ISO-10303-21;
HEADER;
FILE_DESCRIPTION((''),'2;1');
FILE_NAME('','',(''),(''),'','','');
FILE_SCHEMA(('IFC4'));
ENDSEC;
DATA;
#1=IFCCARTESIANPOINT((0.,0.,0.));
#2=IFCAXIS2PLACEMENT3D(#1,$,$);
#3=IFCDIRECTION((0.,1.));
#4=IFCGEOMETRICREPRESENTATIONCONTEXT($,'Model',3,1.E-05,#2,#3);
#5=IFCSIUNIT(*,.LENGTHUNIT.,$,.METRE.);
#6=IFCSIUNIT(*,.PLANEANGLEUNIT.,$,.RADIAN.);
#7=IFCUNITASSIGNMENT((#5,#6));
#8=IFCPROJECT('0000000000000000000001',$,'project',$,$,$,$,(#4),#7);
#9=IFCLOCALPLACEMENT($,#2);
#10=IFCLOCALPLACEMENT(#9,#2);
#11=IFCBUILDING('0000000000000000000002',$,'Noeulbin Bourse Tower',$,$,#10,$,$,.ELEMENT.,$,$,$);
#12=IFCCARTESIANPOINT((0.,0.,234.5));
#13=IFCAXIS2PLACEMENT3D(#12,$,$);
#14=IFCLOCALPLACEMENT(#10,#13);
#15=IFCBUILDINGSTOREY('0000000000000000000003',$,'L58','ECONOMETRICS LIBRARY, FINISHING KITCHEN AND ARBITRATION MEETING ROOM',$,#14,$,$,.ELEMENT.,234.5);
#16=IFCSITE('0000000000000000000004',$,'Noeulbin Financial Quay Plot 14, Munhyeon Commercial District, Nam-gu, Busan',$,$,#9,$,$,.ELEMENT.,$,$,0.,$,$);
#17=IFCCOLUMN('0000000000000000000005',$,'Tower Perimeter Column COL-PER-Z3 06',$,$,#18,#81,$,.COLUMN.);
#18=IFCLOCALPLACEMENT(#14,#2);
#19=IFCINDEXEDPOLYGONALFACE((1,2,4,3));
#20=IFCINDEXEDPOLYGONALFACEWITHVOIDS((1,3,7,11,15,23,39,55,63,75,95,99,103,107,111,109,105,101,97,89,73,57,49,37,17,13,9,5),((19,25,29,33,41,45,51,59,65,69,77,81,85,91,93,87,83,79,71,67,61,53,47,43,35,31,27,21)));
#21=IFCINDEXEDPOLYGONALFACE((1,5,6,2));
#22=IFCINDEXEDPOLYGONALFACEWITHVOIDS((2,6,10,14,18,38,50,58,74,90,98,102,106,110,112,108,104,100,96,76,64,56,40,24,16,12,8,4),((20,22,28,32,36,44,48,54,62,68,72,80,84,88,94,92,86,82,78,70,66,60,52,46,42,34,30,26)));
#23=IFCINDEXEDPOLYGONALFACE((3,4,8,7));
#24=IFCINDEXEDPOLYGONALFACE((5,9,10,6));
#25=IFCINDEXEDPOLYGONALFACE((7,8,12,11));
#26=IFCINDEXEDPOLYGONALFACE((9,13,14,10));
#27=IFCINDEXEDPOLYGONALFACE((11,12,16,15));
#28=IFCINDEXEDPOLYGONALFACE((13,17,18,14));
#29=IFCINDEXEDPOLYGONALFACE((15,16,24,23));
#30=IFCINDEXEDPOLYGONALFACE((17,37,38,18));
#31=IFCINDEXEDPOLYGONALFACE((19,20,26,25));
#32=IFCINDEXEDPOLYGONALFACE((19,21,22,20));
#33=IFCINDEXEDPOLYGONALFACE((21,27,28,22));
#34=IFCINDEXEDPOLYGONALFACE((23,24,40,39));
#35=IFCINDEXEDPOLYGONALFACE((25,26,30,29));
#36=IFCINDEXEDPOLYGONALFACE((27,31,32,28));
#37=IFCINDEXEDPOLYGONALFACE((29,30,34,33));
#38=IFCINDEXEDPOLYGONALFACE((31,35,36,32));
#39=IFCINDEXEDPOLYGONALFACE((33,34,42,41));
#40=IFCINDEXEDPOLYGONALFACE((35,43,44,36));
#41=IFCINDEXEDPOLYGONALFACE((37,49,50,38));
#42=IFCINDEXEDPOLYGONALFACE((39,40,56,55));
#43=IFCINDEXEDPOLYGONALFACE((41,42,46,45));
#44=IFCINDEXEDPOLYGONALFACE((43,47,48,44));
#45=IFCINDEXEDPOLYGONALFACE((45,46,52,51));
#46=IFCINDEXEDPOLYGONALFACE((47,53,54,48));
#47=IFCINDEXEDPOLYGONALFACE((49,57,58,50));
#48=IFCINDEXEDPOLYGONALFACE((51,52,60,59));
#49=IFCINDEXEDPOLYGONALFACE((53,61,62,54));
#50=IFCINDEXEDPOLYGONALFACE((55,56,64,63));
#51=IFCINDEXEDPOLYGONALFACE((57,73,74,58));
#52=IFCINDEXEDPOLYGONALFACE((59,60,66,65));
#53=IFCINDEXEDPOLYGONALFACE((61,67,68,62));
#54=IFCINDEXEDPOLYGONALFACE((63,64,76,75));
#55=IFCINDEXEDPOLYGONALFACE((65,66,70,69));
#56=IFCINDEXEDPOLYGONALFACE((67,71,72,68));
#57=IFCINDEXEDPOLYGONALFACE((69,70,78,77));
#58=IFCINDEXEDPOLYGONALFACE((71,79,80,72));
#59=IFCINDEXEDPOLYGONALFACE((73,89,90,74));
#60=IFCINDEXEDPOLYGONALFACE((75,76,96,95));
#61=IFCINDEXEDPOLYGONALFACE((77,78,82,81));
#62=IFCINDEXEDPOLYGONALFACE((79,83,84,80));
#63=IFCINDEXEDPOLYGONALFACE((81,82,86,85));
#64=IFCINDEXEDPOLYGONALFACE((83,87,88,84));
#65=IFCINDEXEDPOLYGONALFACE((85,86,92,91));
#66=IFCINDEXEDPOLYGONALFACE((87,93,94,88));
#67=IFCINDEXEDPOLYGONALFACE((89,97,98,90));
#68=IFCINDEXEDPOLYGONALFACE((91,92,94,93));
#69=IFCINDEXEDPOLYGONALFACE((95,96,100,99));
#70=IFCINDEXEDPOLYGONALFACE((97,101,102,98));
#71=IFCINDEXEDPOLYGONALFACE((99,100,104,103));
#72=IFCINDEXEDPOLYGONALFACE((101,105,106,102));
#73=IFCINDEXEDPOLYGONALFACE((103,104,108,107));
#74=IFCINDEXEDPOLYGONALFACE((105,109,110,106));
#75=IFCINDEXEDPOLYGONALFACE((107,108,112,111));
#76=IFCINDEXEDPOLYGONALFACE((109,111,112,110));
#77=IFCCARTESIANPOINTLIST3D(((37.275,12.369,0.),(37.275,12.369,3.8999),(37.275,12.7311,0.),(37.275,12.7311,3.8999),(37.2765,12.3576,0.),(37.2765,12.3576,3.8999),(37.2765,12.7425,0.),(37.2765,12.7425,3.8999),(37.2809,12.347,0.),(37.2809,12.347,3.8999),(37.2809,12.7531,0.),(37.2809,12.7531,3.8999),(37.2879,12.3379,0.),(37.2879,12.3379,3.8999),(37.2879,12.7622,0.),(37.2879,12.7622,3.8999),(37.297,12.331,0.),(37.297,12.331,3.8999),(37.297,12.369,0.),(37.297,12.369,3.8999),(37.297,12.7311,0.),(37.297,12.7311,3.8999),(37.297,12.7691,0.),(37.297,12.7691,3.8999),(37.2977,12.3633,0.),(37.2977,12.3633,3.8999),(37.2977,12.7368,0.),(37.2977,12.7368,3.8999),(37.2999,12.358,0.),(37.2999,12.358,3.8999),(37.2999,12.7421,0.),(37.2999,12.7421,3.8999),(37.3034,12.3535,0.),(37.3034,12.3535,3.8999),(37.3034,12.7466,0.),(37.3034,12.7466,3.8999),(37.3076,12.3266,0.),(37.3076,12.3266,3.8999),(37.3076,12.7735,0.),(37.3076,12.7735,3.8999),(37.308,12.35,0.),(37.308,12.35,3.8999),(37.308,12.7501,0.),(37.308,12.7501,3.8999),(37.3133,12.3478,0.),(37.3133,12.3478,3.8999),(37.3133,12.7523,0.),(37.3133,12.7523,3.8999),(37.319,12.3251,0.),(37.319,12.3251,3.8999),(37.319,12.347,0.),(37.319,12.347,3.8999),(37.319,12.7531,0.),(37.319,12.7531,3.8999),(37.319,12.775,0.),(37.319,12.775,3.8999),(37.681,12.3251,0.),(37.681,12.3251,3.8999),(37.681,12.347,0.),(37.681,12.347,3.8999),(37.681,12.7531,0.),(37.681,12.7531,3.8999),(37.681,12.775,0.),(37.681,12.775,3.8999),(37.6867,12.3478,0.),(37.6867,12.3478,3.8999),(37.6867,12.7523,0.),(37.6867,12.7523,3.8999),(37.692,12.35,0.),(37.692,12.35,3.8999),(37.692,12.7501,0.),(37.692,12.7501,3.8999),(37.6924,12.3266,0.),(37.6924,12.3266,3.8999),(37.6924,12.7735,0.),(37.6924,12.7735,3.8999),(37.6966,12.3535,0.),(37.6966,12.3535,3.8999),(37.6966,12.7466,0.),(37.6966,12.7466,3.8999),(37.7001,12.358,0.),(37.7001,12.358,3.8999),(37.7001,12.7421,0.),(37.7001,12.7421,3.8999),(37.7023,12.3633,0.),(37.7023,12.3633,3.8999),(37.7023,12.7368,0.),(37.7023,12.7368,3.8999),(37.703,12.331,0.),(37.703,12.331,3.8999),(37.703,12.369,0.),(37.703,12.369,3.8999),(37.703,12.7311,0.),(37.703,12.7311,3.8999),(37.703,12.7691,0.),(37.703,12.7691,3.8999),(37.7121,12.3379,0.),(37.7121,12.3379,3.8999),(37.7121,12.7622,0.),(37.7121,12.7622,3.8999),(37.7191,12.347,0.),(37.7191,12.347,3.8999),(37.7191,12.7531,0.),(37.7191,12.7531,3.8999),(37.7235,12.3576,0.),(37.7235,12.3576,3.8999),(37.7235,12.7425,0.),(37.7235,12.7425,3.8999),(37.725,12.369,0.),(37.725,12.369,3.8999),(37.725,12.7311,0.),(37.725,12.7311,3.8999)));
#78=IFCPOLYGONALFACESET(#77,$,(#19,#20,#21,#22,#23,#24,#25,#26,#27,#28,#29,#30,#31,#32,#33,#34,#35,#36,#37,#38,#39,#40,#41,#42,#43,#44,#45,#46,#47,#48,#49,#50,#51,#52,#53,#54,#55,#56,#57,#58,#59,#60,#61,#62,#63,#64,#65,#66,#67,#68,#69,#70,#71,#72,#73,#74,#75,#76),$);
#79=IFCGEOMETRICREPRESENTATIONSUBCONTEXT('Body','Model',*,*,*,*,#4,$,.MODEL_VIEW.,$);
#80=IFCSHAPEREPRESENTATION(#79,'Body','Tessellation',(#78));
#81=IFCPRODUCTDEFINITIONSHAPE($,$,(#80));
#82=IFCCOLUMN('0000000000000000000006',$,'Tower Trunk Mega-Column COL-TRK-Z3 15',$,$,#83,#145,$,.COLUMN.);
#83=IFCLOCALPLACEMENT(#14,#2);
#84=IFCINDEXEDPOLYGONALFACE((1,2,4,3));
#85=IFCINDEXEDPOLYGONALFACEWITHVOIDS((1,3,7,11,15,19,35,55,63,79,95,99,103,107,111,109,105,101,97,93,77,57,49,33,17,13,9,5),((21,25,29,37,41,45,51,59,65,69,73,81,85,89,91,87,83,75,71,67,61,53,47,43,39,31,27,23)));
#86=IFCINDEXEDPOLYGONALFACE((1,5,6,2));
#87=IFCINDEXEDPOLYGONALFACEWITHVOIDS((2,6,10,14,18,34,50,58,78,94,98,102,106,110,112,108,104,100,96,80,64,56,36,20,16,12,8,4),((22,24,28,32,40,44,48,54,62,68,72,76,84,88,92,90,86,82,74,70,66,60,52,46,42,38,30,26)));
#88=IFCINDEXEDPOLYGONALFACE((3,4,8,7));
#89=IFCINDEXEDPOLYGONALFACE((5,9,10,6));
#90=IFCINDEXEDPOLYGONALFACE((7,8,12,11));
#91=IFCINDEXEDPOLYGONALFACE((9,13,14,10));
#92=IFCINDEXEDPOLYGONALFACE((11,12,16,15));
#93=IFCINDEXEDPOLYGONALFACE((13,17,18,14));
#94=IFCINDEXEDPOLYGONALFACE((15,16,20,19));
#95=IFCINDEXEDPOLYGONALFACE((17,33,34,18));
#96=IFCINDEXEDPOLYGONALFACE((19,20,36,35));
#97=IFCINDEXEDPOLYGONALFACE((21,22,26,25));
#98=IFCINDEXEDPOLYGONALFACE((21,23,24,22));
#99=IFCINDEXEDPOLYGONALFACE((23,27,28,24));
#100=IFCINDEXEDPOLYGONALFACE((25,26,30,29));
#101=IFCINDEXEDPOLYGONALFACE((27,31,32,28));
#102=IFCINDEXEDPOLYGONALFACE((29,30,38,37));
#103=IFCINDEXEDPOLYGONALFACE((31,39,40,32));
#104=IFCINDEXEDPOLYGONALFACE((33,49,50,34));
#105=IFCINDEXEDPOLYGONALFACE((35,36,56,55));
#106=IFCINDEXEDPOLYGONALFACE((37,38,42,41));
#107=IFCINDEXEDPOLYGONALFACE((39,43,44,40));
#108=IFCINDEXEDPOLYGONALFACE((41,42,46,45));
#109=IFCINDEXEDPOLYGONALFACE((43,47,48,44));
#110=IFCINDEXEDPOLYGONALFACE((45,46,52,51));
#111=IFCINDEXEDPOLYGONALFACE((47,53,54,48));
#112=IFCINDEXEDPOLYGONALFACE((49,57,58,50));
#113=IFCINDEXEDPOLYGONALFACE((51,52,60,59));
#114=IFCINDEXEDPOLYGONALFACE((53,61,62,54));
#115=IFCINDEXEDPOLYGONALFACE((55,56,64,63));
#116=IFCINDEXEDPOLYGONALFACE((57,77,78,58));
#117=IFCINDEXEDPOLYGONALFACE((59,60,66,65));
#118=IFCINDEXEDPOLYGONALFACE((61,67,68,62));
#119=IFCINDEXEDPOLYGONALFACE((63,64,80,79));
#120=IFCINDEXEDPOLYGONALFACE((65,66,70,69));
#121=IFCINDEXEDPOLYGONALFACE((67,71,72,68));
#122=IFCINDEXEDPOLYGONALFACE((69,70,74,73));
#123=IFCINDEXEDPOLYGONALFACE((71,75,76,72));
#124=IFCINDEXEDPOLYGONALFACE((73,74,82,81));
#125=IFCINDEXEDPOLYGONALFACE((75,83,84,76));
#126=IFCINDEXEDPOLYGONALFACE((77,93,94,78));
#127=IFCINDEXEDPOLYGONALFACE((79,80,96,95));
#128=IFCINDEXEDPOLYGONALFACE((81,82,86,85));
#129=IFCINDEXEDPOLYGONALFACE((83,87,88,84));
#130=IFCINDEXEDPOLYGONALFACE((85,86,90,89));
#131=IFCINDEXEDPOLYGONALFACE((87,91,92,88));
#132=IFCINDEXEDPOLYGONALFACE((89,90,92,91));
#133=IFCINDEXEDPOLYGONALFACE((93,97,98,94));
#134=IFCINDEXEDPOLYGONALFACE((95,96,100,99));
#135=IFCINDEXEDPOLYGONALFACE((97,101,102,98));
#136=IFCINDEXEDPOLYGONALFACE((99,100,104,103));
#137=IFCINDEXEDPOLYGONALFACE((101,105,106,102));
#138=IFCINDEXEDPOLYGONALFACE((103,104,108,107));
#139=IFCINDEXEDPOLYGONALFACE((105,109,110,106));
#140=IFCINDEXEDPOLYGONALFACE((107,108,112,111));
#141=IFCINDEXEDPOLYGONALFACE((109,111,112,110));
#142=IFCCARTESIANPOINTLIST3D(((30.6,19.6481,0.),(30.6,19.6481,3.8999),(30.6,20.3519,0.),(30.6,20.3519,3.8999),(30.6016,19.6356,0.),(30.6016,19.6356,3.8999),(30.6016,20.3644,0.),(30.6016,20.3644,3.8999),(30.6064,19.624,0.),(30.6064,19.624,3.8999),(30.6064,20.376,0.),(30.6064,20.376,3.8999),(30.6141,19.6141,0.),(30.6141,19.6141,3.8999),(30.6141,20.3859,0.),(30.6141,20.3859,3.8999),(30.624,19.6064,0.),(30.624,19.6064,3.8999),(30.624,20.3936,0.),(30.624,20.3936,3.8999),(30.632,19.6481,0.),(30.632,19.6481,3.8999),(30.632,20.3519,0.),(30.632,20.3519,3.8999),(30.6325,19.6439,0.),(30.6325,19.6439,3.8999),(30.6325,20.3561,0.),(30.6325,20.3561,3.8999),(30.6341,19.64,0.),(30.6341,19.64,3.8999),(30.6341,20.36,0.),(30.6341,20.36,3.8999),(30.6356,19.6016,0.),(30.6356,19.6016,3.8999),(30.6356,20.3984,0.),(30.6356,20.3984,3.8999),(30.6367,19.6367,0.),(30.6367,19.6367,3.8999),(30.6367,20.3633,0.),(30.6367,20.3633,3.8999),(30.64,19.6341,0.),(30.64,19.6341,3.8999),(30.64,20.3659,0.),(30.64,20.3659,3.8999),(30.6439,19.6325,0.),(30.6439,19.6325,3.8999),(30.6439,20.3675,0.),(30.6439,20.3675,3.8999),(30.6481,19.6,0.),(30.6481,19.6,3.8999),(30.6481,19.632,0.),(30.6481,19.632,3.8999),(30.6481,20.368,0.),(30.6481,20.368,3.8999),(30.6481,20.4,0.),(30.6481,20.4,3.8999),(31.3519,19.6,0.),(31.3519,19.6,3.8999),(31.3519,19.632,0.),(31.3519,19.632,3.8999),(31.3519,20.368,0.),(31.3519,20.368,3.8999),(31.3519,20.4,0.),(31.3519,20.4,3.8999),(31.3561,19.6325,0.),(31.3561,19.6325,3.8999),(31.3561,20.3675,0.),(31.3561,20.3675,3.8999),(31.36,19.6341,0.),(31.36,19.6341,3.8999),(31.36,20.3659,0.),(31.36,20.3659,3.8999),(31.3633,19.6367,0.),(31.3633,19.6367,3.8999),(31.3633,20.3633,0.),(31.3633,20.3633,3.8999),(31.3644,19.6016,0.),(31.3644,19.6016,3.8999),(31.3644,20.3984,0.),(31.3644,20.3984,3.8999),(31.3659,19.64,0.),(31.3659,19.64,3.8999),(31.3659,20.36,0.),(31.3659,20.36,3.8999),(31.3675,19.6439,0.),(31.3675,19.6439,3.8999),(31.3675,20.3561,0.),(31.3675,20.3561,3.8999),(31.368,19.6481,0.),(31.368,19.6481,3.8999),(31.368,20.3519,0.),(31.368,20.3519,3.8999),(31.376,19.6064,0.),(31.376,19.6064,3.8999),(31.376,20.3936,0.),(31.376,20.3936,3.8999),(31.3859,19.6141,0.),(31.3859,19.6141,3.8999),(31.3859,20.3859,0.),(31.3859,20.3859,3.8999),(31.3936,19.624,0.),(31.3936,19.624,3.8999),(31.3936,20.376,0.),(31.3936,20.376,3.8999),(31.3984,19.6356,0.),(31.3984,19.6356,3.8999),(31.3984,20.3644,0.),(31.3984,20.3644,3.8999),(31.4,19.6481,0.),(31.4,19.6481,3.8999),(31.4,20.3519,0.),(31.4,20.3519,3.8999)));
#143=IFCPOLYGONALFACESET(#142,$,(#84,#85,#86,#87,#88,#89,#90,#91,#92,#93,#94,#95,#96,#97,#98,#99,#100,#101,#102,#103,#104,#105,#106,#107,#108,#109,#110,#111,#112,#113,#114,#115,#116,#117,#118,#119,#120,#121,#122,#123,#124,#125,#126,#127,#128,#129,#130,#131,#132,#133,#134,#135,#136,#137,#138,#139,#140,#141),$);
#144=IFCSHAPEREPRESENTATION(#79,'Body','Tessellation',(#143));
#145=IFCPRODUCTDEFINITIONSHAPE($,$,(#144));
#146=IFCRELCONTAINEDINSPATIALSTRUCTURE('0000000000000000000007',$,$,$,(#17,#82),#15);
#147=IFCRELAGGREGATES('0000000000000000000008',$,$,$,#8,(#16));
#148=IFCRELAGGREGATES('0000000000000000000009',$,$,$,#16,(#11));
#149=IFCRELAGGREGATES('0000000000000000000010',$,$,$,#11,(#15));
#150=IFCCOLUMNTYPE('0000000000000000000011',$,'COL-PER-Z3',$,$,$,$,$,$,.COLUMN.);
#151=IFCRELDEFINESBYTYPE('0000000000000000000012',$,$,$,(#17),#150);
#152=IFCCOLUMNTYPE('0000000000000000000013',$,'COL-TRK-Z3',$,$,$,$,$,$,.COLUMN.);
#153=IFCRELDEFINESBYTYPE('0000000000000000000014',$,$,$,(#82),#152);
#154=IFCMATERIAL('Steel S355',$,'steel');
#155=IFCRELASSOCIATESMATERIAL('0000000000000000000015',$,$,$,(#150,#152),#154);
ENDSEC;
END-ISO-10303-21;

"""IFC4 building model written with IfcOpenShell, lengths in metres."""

from ifc_helpers import new_model, si_unit, direction, frame, origin, origin_2d, place, context, subcontext, project, spatial, hollow_rectangle, extrude, material, material_profile, profile_set, type_object, element, save


model = new_model("IFC4")

# Units and contexts
model_context = context("Model", 3, precision=1e-05, world=origin(), true_north=direction((0.0, 1.0)))
body_context = subcontext(model_context, "Body", "Model", "MODEL_VIEW")
ifc_project = project(units=[si_unit("LENGTHUNIT", "METRE"), si_unit("PLANEANGLEUNIT", "RADIAN")], contexts=[model_context])

# Site, building, storey
site_placement = place(None, origin())
site = spatial("IfcSite", under=ifc_project, at=site_placement, Name="Noeulbin Financial Quay Plot 14, Munhyeon Commercial District, Nam-gu, Busan", CompositionType="ELEMENT", RefElevation=0.0)
building_placement = place(site_placement, origin())
building = spatial("IfcBuilding", under=site, at=building_placement, Name="Noeulbin Bourse Tower", CompositionType="ELEMENT")
storey_placement = place(building_placement, frame((0.0, 0.0, 234.5)))
storey = spatial("IfcBuildingStorey", under=building, at=storey_placement, Name="L58", Description="ECONOMETRICS LIBRARY, FINISHING KITCHEN AND ARBITRATION MEETING ROOM", CompositionType="ELEMENT", Elevation=234.5)

# Columns
ifc_material_1 = material(Name="Steel S355", Category="steel")
ifc_material_profile_1 = material_profile(ifc_material_1, hollow_rectangle(XDim=0.45, YDim=0.45, WallThickness=0.022, InnerFilletRadius=0.022, OuterFilletRadius=0.0439, at=origin_2d()), Name="SHS-450x450x22", Category="LoadBearing")
ifc_profile_set_1 = profile_set([ifc_material_profile_1], Name="Steel S355")
column_type_1 = type_object("IfcColumnType", Name="COL-PER-Z3", PredefinedType="COLUMN", material=ifc_profile_set_1)
column_placement = place(storey_placement, frame((37.5, 12.55, 0.0), z_axis=(0.0, 0.0, 1.0), x_axis=(1.0, 0.0, 0.0)))
element("IfcColumn", 1, at=column_placement, inside=storey, type_object=column_type_1, Name="Tower Perimeter Column COL-PER-Z3 06", PredefinedType="COLUMN", context=body_context, shape_type="SweptSolid", body=[
    extrude(hollow_rectangle(XDim=0.45, YDim=0.45, WallThickness=0.022, InnerFilletRadius=0.022, OuterFilletRadius=0.0439, at=origin_2d()), origin(), (0.0, 0.0, 1.0), 3.8999),
])
ifc_material_profile_2 = material_profile(ifc_material_1, hollow_rectangle(XDim=0.8, YDim=0.8, WallThickness=0.032, InnerFilletRadius=0.0161, OuterFilletRadius=0.0481, at=origin_2d()), Name="BOX-800x800x32", Category="LoadBearing")
ifc_profile_set_2 = profile_set([ifc_material_profile_2], Name="Steel S355")
column_type_2 = type_object("IfcColumnType", Name="COL-TRK-Z3", PredefinedType="COLUMN", material=ifc_profile_set_2)
for number, where, z_axis, x_axis, name in (
    (2, (31.0, 20.0, 0.0), (0.0, 0.0, 1.0), (1.0, 0.0, 0.0), "Tower Trunk Mega-Column COL-TRK-Z3 15"),
):
    element("IfcColumn", number, at=place(storey_placement, frame(where, z_axis=z_axis, x_axis=x_axis)), inside=storey, type_object=column_type_2, Name=name, PredefinedType="COLUMN", context=body_context, shape_type="SweptSolid", body=[
        extrude(hollow_rectangle(XDim=0.8, YDim=0.8, WallThickness=0.032, InnerFilletRadius=0.0161, OuterFilletRadius=0.0481, at=origin_2d()), origin(), (0.0, 0.0, 1.0), 3.8999),
    ])

save(model, "model.ifc")
